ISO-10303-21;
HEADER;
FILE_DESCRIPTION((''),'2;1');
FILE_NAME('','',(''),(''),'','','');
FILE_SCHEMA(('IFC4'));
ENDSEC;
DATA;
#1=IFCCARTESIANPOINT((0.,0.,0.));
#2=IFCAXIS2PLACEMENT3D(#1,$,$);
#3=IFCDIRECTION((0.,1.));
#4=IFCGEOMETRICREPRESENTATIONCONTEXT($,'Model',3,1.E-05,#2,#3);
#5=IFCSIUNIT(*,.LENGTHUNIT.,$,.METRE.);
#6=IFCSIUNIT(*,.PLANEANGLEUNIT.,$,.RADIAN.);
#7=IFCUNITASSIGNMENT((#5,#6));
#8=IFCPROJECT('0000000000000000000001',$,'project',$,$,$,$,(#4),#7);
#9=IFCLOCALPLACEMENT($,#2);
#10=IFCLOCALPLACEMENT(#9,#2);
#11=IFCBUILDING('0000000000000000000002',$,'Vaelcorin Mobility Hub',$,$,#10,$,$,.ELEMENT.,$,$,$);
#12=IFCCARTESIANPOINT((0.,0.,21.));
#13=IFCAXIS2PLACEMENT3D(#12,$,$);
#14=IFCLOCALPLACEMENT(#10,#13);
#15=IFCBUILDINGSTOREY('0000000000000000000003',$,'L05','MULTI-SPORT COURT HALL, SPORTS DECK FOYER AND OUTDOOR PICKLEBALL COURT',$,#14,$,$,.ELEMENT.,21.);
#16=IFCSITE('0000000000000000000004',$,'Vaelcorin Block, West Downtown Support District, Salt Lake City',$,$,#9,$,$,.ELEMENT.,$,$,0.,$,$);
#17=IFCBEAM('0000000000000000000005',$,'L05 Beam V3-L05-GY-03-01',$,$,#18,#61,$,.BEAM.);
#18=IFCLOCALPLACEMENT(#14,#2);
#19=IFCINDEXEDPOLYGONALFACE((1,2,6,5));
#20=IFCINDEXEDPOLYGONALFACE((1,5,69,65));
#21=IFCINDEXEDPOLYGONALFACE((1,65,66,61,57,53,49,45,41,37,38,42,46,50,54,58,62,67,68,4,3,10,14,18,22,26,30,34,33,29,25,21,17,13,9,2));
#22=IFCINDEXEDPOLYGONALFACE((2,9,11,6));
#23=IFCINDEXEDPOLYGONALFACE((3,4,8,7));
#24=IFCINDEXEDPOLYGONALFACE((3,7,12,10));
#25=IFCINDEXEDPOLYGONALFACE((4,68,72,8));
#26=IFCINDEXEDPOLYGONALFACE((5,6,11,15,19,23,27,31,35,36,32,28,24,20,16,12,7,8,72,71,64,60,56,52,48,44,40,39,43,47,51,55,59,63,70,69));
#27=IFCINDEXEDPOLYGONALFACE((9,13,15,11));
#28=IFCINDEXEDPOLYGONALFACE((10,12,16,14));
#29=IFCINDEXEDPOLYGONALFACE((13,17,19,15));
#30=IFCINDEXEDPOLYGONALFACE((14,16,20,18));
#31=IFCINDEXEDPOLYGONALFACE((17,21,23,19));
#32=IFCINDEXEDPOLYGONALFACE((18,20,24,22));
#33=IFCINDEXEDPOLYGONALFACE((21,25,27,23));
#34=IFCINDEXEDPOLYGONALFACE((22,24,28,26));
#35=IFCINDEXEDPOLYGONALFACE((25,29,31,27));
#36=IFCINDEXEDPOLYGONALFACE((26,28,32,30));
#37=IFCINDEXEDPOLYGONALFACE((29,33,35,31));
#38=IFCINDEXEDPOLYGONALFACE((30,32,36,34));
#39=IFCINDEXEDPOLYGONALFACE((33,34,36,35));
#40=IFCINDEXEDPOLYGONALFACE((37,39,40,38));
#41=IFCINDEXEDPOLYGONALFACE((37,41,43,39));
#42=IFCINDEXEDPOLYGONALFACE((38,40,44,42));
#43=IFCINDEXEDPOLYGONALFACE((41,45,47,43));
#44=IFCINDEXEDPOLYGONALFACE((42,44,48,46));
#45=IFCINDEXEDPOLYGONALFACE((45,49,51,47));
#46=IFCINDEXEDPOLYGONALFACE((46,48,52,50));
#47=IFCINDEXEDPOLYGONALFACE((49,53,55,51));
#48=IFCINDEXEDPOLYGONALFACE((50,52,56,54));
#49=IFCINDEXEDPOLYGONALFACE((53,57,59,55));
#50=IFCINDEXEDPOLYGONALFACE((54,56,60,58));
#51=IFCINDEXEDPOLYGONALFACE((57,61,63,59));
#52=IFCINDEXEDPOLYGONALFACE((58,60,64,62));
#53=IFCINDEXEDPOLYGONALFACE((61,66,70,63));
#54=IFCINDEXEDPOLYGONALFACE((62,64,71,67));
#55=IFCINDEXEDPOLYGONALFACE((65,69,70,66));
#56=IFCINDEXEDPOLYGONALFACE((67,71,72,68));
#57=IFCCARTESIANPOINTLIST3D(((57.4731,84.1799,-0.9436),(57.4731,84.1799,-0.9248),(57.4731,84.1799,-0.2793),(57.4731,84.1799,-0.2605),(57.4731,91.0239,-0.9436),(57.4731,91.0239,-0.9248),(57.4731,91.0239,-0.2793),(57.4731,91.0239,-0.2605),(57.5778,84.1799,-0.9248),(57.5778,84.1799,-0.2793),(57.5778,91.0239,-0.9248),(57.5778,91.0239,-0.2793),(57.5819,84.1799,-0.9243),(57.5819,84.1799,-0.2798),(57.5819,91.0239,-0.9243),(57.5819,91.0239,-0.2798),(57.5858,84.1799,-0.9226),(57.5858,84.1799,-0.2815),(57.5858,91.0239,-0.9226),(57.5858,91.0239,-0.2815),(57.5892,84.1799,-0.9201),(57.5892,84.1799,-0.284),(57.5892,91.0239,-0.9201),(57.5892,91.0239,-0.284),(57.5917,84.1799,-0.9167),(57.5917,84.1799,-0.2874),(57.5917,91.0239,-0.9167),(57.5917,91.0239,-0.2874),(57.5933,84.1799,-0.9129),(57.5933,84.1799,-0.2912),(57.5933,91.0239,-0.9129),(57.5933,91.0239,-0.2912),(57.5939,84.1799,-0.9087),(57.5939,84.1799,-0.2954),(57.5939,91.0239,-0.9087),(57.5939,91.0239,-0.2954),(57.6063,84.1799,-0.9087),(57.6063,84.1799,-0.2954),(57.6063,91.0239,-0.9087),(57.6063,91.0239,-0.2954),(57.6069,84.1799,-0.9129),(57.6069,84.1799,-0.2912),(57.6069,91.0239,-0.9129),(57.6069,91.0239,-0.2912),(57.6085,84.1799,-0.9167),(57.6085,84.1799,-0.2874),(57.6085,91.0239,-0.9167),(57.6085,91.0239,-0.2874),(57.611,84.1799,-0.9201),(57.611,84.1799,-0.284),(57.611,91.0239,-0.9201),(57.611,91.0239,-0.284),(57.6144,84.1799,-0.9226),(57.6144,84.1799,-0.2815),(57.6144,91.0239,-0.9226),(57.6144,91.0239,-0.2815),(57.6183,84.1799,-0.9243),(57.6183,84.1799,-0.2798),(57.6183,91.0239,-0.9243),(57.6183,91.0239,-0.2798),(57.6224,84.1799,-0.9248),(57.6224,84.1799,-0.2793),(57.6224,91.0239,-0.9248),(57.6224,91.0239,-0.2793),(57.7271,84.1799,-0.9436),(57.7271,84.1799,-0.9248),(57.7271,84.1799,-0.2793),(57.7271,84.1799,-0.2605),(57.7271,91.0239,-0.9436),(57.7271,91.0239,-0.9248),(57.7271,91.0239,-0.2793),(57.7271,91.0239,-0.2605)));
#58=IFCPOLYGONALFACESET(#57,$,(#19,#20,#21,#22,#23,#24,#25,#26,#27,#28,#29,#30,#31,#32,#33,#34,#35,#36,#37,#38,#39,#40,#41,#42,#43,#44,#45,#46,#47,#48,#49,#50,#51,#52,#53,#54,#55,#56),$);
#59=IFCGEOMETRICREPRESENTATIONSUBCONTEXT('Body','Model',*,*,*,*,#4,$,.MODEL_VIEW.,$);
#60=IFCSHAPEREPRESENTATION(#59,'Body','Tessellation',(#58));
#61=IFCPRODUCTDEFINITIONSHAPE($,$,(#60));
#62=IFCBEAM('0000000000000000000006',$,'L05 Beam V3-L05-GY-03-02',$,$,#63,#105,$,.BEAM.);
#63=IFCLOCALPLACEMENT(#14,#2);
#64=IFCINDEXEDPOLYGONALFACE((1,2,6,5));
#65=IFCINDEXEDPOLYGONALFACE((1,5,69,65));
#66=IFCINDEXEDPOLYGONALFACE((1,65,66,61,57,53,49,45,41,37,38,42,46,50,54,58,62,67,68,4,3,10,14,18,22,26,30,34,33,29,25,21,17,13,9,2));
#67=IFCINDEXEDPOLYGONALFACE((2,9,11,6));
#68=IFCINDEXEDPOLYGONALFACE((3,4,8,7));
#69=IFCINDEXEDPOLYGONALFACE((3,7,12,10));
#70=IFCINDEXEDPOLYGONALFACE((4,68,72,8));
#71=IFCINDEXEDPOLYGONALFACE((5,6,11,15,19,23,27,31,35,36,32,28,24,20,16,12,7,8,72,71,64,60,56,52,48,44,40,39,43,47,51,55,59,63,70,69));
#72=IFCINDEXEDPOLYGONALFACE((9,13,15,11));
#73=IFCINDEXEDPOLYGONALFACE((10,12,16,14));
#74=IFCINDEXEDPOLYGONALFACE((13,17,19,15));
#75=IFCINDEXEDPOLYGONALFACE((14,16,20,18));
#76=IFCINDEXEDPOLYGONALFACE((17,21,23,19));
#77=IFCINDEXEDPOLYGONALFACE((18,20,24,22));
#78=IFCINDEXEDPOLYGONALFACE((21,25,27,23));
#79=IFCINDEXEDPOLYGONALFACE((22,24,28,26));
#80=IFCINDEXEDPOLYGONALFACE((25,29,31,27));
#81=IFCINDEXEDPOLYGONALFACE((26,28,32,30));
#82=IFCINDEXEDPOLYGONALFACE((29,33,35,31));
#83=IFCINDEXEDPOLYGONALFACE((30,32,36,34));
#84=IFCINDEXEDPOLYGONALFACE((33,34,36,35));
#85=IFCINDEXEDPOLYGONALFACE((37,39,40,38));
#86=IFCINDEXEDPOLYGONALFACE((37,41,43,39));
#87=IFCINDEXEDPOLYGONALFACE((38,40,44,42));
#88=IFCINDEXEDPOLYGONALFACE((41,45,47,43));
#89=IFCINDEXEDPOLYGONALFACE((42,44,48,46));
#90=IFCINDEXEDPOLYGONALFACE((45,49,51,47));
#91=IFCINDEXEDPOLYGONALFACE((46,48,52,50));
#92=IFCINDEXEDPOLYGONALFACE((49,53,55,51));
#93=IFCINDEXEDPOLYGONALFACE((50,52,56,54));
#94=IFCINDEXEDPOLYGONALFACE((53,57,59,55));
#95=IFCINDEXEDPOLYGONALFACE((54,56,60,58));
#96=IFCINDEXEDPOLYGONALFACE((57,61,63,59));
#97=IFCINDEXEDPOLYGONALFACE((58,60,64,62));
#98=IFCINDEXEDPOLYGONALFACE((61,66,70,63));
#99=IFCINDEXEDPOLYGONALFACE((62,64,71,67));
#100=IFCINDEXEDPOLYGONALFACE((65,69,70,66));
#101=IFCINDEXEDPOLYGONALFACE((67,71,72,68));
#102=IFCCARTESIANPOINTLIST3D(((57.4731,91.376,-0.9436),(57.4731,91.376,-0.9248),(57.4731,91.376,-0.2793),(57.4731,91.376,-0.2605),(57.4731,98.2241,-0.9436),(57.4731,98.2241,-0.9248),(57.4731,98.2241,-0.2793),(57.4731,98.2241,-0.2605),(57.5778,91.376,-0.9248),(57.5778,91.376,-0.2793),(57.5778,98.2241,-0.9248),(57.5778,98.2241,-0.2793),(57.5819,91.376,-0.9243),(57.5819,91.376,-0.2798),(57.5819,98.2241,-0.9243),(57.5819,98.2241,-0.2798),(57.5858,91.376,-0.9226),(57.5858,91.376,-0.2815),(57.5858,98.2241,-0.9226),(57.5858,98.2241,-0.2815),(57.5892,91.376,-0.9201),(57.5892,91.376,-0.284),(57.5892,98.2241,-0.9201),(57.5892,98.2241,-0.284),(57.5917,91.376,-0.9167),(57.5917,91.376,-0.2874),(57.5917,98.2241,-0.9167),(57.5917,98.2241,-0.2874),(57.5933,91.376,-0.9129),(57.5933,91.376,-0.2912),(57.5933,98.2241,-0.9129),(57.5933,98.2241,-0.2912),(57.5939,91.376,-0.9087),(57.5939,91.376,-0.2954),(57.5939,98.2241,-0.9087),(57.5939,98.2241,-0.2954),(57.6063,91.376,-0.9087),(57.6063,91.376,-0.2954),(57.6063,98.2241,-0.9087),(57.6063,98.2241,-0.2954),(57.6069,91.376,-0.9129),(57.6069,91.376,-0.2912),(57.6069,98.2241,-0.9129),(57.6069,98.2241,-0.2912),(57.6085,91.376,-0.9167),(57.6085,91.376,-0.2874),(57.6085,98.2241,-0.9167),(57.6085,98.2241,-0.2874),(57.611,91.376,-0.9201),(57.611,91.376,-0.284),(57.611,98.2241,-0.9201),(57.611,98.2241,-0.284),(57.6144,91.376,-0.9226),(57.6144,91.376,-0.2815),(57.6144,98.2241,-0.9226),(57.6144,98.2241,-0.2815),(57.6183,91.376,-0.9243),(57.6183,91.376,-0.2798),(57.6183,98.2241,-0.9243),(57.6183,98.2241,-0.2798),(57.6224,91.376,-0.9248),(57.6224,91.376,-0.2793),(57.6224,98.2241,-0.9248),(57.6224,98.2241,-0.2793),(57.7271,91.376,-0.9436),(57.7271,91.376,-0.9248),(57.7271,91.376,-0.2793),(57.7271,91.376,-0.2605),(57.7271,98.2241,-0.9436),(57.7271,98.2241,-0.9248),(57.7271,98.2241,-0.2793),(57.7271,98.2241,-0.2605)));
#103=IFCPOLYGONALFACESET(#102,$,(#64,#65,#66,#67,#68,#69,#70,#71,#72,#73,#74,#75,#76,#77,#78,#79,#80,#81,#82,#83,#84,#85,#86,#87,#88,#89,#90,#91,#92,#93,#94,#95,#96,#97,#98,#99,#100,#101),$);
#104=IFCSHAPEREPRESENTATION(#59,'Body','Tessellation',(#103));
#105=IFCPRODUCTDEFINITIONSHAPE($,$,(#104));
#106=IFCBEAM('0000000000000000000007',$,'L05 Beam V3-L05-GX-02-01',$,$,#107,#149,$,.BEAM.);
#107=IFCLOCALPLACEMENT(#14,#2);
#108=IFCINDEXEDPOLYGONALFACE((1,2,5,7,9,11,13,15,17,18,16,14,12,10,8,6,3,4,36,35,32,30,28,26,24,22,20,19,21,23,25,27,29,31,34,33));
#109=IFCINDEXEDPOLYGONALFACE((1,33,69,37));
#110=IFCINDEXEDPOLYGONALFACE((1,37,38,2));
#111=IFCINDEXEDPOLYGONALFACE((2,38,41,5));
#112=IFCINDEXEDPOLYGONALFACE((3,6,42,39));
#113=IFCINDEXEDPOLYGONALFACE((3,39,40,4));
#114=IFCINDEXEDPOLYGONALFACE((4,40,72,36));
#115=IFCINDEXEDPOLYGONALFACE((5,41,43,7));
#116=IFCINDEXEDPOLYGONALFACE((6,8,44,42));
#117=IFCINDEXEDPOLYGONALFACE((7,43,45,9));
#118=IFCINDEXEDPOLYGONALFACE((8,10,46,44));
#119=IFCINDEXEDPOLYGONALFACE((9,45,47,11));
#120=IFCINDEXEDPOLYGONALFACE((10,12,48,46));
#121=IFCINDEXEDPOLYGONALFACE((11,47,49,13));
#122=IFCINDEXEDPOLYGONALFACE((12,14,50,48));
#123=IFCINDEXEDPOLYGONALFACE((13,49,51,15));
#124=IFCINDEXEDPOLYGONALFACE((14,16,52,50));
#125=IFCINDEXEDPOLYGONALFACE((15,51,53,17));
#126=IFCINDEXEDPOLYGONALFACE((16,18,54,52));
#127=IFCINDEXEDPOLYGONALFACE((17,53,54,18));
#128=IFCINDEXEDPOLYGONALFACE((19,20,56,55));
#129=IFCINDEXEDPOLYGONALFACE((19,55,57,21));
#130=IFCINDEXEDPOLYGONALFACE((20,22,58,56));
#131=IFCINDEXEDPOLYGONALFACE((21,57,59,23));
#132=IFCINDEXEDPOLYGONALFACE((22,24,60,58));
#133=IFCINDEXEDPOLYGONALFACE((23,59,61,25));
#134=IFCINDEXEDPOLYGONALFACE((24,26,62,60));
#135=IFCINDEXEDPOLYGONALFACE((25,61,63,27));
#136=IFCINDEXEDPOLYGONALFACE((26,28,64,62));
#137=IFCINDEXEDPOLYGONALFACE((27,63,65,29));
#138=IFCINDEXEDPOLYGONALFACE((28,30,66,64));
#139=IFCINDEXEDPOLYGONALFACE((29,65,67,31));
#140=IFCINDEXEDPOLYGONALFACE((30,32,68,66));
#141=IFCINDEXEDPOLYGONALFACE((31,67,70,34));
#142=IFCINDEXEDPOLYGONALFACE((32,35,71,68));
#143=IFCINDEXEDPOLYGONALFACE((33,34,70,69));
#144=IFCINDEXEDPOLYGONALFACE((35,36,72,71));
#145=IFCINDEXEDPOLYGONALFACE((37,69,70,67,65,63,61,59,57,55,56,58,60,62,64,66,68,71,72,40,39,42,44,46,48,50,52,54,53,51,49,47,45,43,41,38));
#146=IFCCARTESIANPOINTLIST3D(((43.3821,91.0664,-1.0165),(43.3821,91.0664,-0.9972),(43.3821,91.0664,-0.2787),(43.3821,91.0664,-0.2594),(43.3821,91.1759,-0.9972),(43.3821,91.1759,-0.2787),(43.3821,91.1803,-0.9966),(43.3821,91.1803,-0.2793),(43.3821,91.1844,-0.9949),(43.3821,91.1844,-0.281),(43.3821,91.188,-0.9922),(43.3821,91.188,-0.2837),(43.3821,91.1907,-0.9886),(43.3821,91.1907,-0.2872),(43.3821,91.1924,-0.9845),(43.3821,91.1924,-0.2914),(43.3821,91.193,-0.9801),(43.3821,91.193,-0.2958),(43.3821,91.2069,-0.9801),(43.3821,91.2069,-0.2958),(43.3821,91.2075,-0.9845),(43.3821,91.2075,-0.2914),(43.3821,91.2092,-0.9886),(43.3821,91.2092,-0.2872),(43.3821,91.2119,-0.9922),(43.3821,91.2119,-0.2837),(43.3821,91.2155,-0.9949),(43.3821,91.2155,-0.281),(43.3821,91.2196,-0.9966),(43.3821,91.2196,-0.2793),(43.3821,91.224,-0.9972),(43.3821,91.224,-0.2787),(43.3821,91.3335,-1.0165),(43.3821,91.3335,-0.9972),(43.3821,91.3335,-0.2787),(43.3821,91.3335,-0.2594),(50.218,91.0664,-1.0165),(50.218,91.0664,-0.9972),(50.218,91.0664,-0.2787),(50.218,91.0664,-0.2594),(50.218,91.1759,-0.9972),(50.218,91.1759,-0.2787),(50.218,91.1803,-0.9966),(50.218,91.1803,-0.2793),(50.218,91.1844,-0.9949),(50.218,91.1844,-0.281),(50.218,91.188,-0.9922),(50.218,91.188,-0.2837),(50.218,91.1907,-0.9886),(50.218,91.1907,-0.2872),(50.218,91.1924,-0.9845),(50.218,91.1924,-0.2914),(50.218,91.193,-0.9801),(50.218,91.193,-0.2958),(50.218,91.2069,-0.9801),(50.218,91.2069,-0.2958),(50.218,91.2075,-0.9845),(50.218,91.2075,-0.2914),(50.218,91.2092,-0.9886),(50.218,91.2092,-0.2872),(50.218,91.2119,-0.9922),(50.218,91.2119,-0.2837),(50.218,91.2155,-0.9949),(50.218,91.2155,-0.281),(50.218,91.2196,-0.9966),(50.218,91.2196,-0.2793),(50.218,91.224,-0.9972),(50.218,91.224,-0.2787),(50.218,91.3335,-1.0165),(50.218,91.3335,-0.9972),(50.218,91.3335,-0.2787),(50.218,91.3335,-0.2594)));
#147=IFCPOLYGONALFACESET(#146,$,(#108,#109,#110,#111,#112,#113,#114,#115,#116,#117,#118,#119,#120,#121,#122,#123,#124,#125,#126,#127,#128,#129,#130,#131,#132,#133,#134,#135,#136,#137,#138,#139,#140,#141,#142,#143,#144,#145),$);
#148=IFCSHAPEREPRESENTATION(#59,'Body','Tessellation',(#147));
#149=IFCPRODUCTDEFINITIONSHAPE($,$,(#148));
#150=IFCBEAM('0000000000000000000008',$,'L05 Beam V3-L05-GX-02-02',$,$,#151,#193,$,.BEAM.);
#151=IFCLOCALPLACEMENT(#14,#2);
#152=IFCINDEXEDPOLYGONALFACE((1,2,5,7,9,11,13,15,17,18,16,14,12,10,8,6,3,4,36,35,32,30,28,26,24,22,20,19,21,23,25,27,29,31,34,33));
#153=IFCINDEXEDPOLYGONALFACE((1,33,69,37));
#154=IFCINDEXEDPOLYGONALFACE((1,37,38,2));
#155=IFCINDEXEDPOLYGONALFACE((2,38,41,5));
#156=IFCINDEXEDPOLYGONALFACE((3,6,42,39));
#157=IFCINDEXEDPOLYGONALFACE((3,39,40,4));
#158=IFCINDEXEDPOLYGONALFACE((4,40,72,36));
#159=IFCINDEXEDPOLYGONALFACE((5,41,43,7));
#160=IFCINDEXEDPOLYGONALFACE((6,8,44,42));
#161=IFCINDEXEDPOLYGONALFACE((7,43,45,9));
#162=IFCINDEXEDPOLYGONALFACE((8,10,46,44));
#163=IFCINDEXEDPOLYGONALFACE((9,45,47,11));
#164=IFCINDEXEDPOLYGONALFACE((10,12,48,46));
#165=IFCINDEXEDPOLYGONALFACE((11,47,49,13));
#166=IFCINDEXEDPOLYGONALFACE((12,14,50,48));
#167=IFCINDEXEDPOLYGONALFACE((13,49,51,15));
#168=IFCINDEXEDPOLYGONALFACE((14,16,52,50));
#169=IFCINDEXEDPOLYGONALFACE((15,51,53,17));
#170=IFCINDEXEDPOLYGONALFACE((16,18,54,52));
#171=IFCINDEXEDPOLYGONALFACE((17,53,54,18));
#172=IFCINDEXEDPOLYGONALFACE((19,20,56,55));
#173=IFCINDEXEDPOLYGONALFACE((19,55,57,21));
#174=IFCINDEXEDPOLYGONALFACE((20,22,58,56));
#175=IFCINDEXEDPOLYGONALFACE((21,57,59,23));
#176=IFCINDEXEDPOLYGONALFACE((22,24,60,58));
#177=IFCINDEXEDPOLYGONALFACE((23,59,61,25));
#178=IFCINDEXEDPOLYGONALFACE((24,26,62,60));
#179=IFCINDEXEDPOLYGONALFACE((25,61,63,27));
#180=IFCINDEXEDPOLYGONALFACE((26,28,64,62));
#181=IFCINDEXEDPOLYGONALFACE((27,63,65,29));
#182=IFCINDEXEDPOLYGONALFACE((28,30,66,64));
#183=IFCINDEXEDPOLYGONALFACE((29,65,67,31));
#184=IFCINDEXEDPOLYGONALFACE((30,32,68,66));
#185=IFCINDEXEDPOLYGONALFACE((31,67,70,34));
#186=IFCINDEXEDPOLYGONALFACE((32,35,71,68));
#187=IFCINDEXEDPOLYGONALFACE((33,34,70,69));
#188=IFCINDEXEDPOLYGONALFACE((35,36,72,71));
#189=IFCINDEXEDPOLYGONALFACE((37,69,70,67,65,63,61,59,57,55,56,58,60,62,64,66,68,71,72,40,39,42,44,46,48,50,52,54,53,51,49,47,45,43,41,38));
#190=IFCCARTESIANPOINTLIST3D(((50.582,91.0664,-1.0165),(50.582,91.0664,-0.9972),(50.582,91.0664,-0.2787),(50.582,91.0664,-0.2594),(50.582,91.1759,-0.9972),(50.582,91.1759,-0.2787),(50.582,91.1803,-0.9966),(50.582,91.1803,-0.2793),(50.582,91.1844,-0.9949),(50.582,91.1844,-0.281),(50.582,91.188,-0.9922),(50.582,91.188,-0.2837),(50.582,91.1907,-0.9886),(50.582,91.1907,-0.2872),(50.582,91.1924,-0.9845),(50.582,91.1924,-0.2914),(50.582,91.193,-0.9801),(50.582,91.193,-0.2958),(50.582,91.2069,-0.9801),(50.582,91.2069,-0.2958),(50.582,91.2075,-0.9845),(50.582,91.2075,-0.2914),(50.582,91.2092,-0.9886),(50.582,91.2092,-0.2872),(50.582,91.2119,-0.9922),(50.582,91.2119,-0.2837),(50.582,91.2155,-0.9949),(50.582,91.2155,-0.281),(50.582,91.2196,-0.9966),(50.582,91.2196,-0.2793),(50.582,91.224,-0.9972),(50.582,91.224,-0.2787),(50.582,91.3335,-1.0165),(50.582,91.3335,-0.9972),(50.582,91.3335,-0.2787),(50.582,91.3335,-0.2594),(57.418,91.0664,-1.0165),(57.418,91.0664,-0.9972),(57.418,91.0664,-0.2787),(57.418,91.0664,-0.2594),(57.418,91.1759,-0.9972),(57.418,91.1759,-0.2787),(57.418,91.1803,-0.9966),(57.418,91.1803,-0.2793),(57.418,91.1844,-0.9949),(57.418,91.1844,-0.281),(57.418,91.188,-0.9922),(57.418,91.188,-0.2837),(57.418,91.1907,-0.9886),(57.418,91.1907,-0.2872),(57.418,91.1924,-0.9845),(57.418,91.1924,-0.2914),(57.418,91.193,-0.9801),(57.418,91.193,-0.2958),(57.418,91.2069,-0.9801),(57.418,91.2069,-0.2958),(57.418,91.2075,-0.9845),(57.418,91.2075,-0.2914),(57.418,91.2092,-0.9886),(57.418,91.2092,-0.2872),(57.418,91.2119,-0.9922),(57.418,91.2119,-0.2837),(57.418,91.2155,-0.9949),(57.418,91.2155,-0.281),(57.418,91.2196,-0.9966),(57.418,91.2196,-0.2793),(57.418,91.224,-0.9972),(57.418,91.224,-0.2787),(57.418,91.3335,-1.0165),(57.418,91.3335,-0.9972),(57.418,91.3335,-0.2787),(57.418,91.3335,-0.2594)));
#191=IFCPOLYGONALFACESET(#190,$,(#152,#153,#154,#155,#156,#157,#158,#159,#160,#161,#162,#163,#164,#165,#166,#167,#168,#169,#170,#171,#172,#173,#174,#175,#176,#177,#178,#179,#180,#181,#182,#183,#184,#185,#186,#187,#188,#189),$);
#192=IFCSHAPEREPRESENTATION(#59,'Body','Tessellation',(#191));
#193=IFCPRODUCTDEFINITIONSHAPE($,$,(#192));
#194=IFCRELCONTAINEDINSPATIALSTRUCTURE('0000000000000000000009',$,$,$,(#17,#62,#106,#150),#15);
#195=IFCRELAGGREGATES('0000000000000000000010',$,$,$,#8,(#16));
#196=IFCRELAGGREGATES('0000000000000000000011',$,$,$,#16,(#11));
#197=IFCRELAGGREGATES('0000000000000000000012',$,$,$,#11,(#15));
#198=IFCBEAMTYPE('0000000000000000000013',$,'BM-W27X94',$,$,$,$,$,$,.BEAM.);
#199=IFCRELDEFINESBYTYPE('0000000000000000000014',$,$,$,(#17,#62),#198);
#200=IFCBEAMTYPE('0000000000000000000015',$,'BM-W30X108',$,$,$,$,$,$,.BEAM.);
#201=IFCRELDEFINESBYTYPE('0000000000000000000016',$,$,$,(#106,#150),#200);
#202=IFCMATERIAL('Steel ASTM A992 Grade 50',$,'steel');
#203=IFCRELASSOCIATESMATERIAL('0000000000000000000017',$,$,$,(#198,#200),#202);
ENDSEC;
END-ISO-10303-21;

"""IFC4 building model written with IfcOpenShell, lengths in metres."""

from ifc_helpers import new_model, si_unit, direction, frame, origin, origin_2d, place, context, subcontext, project, spatial, i_section, extrude, material, material_profile, profile_set, type_object, element, save


model = new_model("IFC4")

# Units and contexts
model_context = context("Model", 3, precision=1e-05, world=origin(), true_north=direction((0.0, 1.0)))
body_context = subcontext(model_context, "Body", "Model", "MODEL_VIEW")
ifc_project = project(units=[si_unit("LENGTHUNIT", "METRE"), si_unit("PLANEANGLEUNIT", "RADIAN")], contexts=[model_context])

# Site, building, storey
site_placement = place(None, origin())
site = spatial("IfcSite", under=ifc_project, at=site_placement, Name="Vaelcorin Block, West Downtown Support District, Salt Lake City", CompositionType="ELEMENT", RefElevation=0.0)
building_placement = place(site_placement, origin())
building = spatial("IfcBuilding", under=site, at=building_placement, Name="Vaelcorin Mobility Hub", CompositionType="ELEMENT")
storey_placement = place(building_placement, frame((0.0, 0.0, 21.0)))
storey = spatial("IfcBuildingStorey", under=building, at=storey_placement, Name="L05", Description="MULTI-SPORT COURT HALL, SPORTS DECK FOYER AND OUTDOOR PICKLEBALL COURT", CompositionType="ELEMENT", Elevation=21.0)

# Beams
ifc_material_1 = material(Name="Steel ASTM A992 Grade 50", Category="steel")
ifc_material_profile_1 = material_profile(ifc_material_1, i_section(OverallWidth=0.2539, OverallDepth=0.6831, WebThickness=0.0125, FlangeThickness=0.0188, FilletRadius=0.0161, at=origin_2d()), Name="W27X94")
ifc_profile_set_1 = profile_set([ifc_material_profile_1], Name="Steel ASTM A992 Grade 50")
beam_type_1 = type_object("IfcBeamType", Name="BM-W27X94", PredefinedType="BEAM", material=ifc_profile_set_1)
beam_1_placement = place(storey_placement, frame((57.6001, 84.1799, -0.6021), z_axis=(0.0, 1.0, 0.0), x_axis=(-1.0, 0.0, 0.0)))
element("IfcBeam", 1, at=beam_1_placement, inside=storey, type_object=beam_type_1, Name="L05 Beam V3-L05-GY-03-01", PredefinedType="BEAM", context=body_context, shape_type="SweptSolid", body=[
    extrude(i_section(OverallWidth=0.2539, OverallDepth=0.6831, WebThickness=0.0125, FlangeThickness=0.0188, FilletRadius=0.0161, at=origin_2d()), origin(), (0.0, 0.0, 1.0), 6.844),
])
beam_2_placement = place(storey_placement, frame((57.6001, 91.376, -0.6021), z_axis=(0.0, 1.0, 0.0), x_axis=(-1.0, 0.0, 0.0)))
element("IfcBeam", 2, at=beam_2_placement, inside=storey, type_object=beam_type_1, Name="L05 Beam V3-L05-GY-03-02", PredefinedType="BEAM", context=body_context, shape_type="SweptSolid", body=[
    extrude(i_section(OverallWidth=0.2539, OverallDepth=0.6831, WebThickness=0.0125, FlangeThickness=0.0188, FilletRadius=0.0161, at=origin_2d()), origin(), (0.0, 0.0, 1.0), 6.8481),
])
ifc_material_profile_2 = material_profile(ifc_material_1, i_section(OverallWidth=0.2671, OverallDepth=0.7571, WebThickness=0.0139, FlangeThickness=0.0193, FilletRadius=0.0171, at=origin_2d()), Name="W30X108")
ifc_profile_set_2 = profile_set([ifc_material_profile_2], Name="Steel ASTM A992 Grade 50")
beam_type_2 = type_object("IfcBeamType", Name="BM-W30X108", PredefinedType="BEAM", material=ifc_profile_set_2)
for number, where, z_axis, x_axis, name in (
    (3, (43.3821, 91.2, -0.6379), (1.0, 0.0, 0.0), (0.0, 1.0, 0.0), "L05 Beam V3-L05-GX-02-01"),
    (4, (50.582, 91.2, -0.6379), (1.0, 0.0, 0.0), (0.0, 1.0, 0.0), "L05 Beam V3-L05-GX-02-02"),
):
    element("IfcBeam", number, at=place(storey_placement, frame(where, z_axis=z_axis, x_axis=x_axis)), inside=storey, type_object=beam_type_2, Name=name, PredefinedType="BEAM", context=body_context, shape_type="SweptSolid", body=[
        extrude(i_section(OverallWidth=0.2671, OverallDepth=0.7571, WebThickness=0.0139, FlangeThickness=0.0193, FilletRadius=0.0171, at=origin_2d()), origin(), (0.0, 0.0, 1.0), 6.8359),
    ])

save(model, "model.ifc")
